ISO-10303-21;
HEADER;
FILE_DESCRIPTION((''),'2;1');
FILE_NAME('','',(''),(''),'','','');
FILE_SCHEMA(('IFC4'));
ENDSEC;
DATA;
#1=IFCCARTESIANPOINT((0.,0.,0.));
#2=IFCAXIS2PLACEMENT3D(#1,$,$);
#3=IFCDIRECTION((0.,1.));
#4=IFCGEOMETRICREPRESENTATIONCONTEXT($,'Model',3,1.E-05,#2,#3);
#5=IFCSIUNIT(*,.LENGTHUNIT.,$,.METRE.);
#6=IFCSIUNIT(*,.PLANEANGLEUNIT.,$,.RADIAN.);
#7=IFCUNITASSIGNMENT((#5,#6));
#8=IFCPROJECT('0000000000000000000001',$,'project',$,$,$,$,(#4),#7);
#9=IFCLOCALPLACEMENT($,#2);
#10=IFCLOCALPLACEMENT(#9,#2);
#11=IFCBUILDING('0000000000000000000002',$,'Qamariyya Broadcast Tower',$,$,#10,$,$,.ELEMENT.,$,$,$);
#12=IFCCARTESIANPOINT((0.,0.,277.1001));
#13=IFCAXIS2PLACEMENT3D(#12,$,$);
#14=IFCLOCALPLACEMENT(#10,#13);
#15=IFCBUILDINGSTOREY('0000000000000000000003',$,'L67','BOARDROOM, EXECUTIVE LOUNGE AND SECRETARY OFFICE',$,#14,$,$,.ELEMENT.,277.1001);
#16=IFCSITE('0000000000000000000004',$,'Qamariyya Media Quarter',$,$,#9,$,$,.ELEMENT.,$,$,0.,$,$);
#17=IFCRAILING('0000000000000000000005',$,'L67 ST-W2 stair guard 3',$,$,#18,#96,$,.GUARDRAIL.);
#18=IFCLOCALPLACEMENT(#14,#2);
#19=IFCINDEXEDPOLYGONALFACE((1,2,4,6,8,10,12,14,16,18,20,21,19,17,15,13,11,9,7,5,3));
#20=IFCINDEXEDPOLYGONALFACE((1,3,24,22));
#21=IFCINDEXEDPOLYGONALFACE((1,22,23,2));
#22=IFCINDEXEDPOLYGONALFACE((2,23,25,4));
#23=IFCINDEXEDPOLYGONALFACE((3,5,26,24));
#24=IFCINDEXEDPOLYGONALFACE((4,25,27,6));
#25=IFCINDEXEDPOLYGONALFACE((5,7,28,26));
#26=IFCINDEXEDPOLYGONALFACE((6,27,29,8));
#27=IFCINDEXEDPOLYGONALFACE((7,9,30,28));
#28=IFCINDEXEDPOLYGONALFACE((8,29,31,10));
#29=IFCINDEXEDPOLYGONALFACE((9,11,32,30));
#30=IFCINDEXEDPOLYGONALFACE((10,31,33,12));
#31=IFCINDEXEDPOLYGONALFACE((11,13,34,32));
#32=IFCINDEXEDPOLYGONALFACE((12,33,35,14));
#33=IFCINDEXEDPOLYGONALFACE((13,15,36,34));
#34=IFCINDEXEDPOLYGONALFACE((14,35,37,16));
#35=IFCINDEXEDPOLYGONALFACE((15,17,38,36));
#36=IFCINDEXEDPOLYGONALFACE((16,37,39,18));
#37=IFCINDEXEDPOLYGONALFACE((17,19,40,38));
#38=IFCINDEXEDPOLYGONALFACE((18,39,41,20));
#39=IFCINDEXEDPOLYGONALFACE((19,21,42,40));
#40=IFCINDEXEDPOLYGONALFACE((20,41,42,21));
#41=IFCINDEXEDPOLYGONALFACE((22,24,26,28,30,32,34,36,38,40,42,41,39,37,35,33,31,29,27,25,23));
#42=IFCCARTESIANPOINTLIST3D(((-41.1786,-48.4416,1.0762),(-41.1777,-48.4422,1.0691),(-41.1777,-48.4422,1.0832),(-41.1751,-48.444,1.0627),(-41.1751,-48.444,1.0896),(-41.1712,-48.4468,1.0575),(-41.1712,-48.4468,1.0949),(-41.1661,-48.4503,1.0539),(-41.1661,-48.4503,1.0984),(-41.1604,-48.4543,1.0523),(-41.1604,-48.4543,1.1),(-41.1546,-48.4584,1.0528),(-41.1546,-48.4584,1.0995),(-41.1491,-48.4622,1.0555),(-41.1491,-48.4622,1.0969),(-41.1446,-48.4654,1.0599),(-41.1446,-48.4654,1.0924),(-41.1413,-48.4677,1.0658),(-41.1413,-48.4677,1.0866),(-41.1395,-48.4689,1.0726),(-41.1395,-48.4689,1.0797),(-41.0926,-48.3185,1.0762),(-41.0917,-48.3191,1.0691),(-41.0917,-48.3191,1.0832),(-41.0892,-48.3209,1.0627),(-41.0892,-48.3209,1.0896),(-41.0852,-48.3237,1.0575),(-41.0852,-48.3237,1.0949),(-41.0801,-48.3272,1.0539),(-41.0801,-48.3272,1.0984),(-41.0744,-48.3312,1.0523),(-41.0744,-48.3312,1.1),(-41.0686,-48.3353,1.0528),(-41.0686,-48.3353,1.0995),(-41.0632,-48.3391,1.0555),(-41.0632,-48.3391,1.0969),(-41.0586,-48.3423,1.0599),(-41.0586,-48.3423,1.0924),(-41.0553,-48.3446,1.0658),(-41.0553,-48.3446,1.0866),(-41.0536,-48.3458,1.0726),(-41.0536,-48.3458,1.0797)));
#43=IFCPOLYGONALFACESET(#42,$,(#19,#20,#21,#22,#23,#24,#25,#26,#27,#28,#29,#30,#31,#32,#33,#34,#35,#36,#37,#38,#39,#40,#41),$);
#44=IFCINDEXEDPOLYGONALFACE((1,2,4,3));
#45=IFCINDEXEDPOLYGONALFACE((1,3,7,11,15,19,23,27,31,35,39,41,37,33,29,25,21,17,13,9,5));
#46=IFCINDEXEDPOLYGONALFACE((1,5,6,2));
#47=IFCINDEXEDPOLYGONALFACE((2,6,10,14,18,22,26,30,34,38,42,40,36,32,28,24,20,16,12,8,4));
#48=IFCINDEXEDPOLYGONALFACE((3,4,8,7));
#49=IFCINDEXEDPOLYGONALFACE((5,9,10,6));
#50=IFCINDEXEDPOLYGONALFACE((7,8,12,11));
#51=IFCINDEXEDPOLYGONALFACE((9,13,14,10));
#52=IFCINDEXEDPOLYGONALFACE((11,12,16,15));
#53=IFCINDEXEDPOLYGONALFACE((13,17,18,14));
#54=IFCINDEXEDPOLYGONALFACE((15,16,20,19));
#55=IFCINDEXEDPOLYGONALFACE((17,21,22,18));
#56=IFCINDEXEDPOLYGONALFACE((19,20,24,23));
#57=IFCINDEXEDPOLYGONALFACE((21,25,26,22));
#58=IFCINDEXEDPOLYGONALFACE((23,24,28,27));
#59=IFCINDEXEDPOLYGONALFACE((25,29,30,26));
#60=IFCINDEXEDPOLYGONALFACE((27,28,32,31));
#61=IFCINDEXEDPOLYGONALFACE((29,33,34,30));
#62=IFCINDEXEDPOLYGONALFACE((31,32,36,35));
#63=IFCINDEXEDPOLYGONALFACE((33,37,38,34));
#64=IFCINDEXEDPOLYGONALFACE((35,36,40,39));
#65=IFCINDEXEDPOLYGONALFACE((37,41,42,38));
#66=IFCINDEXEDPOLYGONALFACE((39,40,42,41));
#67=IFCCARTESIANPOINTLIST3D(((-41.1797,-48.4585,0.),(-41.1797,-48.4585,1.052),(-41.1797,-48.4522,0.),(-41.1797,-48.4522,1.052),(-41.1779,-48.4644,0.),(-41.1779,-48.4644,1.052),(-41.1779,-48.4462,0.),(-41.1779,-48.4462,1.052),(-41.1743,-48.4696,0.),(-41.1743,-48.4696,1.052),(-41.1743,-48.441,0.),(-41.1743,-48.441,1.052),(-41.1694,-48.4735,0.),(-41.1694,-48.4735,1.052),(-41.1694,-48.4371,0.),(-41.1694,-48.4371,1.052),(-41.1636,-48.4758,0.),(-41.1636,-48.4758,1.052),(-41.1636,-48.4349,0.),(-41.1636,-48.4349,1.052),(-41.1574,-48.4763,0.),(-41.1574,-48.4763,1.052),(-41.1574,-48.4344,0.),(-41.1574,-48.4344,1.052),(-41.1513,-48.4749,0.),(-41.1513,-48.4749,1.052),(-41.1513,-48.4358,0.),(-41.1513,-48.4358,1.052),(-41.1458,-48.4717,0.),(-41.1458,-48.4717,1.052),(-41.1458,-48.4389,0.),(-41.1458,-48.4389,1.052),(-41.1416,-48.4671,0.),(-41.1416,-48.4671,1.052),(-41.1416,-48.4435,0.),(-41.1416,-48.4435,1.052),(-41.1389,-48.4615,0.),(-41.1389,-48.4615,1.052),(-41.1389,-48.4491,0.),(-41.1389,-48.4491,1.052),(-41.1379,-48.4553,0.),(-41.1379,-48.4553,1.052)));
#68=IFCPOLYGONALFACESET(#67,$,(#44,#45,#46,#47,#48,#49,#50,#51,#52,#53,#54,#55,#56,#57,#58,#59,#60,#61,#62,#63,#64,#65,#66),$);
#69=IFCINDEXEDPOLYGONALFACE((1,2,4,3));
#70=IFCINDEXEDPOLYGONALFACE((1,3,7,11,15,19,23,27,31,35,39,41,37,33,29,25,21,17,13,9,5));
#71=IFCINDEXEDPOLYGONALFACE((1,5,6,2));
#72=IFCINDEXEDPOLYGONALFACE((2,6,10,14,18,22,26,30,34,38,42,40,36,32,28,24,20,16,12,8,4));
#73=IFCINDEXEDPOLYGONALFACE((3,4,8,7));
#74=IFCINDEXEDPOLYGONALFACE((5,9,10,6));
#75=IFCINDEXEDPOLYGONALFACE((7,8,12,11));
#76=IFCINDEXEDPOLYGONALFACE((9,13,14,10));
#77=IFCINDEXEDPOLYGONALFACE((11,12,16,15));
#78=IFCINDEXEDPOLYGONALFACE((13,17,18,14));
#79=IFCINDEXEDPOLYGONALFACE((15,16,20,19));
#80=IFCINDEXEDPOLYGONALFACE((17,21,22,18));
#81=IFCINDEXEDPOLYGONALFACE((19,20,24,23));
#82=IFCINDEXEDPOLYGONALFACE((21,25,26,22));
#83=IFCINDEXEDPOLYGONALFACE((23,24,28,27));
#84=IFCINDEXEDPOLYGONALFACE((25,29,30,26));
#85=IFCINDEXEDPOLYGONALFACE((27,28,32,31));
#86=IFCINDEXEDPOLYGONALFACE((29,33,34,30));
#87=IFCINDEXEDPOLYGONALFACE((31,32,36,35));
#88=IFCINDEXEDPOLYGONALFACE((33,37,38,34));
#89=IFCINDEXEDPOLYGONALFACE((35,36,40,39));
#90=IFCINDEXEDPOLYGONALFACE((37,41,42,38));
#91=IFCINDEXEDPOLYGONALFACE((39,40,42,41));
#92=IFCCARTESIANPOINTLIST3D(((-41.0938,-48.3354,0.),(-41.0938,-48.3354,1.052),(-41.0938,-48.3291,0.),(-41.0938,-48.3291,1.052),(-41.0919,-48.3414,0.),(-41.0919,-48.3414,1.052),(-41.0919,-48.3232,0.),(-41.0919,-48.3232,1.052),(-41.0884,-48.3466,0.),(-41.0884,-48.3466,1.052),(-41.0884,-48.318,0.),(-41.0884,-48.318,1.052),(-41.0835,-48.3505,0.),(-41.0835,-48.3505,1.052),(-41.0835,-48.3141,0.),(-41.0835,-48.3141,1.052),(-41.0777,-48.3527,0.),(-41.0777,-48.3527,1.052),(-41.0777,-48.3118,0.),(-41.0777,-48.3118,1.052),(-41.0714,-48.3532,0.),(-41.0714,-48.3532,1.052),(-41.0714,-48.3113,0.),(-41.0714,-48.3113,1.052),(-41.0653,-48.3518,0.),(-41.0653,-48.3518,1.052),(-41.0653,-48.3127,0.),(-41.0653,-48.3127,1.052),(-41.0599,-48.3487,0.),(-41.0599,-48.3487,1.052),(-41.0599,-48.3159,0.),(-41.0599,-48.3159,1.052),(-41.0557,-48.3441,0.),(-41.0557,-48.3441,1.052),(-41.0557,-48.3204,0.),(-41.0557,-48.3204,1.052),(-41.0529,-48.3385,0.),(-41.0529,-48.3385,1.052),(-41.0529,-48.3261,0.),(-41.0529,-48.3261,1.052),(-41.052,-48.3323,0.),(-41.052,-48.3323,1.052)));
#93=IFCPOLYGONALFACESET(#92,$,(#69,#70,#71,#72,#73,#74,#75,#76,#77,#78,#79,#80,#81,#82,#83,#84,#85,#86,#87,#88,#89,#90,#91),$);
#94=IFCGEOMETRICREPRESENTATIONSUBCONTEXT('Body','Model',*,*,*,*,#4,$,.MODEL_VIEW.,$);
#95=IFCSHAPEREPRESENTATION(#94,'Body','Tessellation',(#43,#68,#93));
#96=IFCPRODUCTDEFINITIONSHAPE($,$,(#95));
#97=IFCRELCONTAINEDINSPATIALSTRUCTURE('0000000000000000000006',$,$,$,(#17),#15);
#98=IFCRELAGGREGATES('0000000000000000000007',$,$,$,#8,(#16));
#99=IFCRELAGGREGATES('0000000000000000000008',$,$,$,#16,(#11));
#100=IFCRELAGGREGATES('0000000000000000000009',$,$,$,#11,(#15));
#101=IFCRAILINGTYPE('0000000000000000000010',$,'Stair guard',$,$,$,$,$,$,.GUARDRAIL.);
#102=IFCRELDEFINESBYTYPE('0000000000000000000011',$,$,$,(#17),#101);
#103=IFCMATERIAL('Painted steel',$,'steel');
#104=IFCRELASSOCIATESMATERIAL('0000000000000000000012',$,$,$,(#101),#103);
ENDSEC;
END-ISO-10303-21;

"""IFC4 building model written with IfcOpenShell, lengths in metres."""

from ifc_helpers import new_model, si_unit, direction, frame, origin, origin_2d, place, context, subcontext, project, spatial, circle, extrude, material, type_object, element, save


model = new_model("IFC4")

# Units and contexts
model_context = context("Model", 3, precision=1e-05, world=origin(), true_north=direction((0.0, 1.0)))
body_context = subcontext(model_context, "Body", "Model", "MODEL_VIEW")
ifc_project = project(units=[si_unit("LENGTHUNIT", "METRE"), si_unit("PLANEANGLEUNIT", "RADIAN")], contexts=[model_context])

# Site, building, storey
site_placement = place(None, origin())
site = spatial("IfcSite", under=ifc_project, at=site_placement, Name="Qamariyya Media Quarter", CompositionType="ELEMENT", RefElevation=0.0)
building_placement = place(site_placement, origin())
building = spatial("IfcBuilding", under=site, at=building_placement, Name="Qamariyya Broadcast Tower", CompositionType="ELEMENT")
storey_placement = place(building_placement, frame((0.0, 0.0, 277.1001)))
storey = spatial("IfcBuildingStorey", under=building, at=storey_placement, Name="L67", Description="BOARDROOM, EXECUTIVE LOUNGE AND SECRETARY OFFICE", CompositionType="ELEMENT", Elevation=277.1001)

# Railing
ifc_material_1 = material(Name="Painted steel", Category="steel")
railing_type_1 = type_object("IfcRailingType", Name="Stair guard", PredefinedType="GUARDRAIL", material=ifc_material_1)
railing_1_placement = place(storey_placement, frame((-41.1589, -48.4553, 0.0)))
element("IfcRailing", 1, at=railing_1_placement, inside=storey, type_object=railing_type_1, Name="L67 ST-W2 stair guard 3", PredefinedType="GUARDRAIL", context=body_context, shape_type="SweptSolid", body=[
    extrude(circle(Radius=0.0239, at=origin_2d()), frame((0.0, 0.0, 1.0762), z_axis=(0.572589, 0.819843, 0.0), x_axis=(-0.819843, 0.572589, 0.0)), (0.0, 0.0, 1.0), 0.1501),
    extrude(circle(Radius=0.021, at=origin_2d()), origin(), (0.0, 0.0, 1.0), 1.052),
    extrude(circle(Radius=0.021, at=origin_2d()), frame((0.0859, 0.123, 0.0)), (0.0, 0.0, 1.0), 1.052),
])

save(model, "model.ifc")
